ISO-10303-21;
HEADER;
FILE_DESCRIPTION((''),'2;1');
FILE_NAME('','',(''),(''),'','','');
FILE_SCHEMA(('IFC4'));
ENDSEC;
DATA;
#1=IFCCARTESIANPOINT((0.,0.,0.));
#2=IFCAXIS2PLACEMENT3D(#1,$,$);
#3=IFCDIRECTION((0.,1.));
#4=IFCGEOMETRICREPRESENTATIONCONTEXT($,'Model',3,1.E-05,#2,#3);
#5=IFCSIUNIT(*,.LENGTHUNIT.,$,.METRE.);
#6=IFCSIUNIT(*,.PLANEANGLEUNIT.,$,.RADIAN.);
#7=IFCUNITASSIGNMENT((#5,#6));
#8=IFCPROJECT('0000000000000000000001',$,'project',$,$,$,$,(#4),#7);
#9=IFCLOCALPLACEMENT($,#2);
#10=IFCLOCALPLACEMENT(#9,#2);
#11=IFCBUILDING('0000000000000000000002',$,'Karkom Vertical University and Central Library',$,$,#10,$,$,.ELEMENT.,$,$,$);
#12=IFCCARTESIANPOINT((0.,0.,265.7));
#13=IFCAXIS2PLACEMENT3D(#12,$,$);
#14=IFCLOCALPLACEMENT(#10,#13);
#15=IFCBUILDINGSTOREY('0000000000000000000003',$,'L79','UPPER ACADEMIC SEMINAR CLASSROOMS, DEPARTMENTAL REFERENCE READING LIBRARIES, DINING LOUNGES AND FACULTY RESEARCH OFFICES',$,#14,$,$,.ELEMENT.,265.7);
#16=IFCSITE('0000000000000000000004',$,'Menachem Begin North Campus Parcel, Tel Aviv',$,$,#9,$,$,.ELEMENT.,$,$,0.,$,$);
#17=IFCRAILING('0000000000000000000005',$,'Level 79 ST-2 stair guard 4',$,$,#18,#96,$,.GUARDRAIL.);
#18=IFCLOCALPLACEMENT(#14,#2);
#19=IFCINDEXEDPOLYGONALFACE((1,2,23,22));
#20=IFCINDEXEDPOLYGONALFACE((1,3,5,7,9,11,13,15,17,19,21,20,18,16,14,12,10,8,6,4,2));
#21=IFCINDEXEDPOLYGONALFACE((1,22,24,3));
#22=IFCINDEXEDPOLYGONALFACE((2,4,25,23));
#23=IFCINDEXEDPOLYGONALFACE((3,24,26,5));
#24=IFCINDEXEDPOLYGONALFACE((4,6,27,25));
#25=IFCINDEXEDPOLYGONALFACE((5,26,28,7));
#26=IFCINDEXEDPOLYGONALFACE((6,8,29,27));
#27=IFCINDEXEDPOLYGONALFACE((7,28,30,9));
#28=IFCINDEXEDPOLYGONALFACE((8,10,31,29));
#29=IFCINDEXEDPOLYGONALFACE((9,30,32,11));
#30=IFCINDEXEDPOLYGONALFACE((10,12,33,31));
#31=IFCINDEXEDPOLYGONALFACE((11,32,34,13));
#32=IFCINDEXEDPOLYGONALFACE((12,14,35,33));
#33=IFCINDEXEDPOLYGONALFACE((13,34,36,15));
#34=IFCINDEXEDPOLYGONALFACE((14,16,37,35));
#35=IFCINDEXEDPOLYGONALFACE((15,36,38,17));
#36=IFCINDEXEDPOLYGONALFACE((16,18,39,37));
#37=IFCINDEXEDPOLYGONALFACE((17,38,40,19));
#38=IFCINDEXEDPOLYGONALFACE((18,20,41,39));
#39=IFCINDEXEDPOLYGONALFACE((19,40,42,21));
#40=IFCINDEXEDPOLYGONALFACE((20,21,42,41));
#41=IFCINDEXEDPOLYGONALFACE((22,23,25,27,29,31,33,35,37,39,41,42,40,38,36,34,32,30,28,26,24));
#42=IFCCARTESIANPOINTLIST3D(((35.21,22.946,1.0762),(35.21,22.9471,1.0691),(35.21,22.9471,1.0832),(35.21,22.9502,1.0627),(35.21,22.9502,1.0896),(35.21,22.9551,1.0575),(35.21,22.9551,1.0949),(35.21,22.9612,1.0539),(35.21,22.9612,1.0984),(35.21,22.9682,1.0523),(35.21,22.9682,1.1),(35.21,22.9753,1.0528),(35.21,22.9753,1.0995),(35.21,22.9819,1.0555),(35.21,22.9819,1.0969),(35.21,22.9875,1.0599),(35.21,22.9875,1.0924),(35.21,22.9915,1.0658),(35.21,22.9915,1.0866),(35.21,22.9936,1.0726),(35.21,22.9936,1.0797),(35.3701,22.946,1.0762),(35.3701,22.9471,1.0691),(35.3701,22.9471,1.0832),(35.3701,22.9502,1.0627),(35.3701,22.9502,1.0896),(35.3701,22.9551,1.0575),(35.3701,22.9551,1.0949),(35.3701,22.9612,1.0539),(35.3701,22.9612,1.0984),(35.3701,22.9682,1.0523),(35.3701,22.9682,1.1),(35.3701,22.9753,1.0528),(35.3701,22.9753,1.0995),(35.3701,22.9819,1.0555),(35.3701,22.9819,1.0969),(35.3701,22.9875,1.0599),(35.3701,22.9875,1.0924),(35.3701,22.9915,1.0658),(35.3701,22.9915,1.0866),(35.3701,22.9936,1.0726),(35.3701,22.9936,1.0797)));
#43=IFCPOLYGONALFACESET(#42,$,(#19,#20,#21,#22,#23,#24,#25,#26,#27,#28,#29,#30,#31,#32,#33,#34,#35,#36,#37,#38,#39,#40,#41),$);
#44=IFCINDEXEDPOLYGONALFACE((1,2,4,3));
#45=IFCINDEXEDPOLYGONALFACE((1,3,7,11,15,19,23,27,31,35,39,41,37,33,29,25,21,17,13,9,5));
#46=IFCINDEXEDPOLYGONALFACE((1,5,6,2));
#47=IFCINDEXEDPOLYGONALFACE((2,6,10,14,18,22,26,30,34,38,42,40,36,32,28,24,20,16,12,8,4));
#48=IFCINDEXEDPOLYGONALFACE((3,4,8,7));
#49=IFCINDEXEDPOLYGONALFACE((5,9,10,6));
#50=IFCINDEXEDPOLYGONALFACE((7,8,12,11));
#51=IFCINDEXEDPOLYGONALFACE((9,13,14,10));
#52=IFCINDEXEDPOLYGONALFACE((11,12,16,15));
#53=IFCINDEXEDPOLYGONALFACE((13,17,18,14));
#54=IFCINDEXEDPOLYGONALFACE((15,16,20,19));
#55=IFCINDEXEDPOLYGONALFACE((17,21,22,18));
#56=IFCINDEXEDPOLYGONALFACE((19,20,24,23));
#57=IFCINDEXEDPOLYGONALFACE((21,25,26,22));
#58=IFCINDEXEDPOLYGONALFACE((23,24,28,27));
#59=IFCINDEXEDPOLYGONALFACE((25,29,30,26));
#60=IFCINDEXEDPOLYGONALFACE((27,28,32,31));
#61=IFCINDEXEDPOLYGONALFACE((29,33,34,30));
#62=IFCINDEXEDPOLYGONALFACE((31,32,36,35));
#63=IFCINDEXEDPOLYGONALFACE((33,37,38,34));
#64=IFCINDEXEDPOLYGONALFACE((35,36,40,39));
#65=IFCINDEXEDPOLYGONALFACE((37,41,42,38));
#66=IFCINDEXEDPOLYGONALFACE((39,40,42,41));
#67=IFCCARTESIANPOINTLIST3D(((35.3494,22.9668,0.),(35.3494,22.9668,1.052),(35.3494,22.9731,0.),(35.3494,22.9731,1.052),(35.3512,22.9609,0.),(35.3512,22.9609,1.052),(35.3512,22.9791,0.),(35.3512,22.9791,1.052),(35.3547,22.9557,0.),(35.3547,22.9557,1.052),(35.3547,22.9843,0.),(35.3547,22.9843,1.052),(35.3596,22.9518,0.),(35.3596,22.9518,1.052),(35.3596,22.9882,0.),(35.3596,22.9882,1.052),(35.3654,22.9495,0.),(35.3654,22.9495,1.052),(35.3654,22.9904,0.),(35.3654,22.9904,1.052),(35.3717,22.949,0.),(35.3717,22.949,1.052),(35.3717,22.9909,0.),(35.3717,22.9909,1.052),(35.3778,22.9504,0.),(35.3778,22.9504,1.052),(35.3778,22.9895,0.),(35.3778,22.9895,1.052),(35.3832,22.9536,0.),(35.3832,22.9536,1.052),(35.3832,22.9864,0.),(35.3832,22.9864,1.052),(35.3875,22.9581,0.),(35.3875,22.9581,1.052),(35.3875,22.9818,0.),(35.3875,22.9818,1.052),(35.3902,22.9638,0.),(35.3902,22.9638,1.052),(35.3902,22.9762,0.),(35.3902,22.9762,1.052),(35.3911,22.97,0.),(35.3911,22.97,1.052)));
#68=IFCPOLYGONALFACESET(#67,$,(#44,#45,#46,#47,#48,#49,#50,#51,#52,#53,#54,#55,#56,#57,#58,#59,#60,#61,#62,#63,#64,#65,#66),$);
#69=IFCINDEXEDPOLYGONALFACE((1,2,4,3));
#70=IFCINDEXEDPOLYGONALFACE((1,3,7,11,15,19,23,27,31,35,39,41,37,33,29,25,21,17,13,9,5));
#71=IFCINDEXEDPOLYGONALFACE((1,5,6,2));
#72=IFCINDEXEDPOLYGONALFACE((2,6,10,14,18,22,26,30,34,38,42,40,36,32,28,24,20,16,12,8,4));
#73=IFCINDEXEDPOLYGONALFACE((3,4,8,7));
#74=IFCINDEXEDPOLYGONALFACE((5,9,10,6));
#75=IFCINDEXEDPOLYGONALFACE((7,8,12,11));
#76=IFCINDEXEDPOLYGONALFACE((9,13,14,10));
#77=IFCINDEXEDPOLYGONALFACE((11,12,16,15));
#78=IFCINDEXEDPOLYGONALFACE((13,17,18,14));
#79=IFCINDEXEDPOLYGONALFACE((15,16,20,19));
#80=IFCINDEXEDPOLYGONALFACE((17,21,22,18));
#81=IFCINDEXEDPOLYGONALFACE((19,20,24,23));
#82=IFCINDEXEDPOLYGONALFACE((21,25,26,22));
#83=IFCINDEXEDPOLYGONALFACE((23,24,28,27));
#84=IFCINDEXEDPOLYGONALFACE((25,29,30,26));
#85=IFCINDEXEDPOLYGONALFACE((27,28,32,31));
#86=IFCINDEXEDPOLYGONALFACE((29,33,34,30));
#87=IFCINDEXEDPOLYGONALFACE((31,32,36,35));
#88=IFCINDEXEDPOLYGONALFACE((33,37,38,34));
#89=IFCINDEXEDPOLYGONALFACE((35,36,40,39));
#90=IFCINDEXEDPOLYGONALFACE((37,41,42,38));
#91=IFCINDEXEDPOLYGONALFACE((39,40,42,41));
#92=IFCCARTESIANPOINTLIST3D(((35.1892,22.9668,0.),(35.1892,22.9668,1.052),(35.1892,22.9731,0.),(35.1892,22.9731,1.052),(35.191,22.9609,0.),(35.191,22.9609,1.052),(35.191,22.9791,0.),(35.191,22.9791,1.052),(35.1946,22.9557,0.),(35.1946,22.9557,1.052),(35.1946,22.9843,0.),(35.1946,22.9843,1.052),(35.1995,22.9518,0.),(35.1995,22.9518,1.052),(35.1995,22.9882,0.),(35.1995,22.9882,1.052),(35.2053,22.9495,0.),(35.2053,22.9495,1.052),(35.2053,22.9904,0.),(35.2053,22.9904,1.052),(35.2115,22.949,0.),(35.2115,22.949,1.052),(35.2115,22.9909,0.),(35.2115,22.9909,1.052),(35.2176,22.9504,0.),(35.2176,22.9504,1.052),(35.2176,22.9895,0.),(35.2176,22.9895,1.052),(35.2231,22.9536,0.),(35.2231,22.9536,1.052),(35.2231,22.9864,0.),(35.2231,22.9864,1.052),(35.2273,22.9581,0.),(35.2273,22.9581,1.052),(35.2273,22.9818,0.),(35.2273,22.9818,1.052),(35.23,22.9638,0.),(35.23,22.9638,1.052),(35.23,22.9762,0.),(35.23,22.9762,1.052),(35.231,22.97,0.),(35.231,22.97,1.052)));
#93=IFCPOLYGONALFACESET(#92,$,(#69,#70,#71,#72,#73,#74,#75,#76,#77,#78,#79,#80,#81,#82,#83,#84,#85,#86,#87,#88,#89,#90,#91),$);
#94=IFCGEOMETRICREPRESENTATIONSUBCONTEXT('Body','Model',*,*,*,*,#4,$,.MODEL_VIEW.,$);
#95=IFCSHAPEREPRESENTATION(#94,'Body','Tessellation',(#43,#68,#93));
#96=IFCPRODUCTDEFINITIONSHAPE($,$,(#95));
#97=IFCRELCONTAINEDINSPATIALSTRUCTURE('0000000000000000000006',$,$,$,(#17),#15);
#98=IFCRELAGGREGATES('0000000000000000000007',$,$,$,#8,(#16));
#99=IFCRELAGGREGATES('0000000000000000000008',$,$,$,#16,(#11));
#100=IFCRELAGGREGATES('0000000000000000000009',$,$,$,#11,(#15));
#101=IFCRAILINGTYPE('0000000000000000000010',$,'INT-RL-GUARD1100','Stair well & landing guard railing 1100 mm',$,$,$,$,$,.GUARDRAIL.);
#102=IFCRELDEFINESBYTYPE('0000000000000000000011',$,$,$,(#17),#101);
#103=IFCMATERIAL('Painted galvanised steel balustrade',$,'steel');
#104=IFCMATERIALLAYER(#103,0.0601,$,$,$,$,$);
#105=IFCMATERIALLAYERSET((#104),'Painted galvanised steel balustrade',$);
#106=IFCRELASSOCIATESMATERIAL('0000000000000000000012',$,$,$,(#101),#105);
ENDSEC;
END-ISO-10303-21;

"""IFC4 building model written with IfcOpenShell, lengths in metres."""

from ifc_helpers import new_model, si_unit, direction, frame, origin, origin_2d, place, context, subcontext, project, spatial, circle, extrude, material, layer, layer_set, type_object, element, save


model = new_model("IFC4")

# Units and contexts
model_context = context("Model", 3, precision=1e-05, world=origin(), true_north=direction((0.0, 1.0)))
body_context = subcontext(model_context, "Body", "Model", "MODEL_VIEW")
ifc_project = project(units=[si_unit("LENGTHUNIT", "METRE"), si_unit("PLANEANGLEUNIT", "RADIAN")], contexts=[model_context])

# Site, building, storey
site_placement = place(None, origin())
site = spatial("IfcSite", under=ifc_project, at=site_placement, Name="Menachem Begin North Campus Parcel, Tel Aviv", CompositionType="ELEMENT", RefElevation=0.0)
building_placement = place(site_placement, origin())
building = spatial("IfcBuilding", under=site, at=building_placement, Name="Karkom Vertical University and Central Library", CompositionType="ELEMENT")
storey_placement = place(building_placement, frame((0.0, 0.0, 265.7)))
storey = spatial("IfcBuildingStorey", under=building, at=storey_placement, Name="L79", Description="UPPER ACADEMIC SEMINAR CLASSROOMS, DEPARTMENTAL REFERENCE READING LIBRARIES, DINING LOUNGES AND FACULTY RESEARCH OFFICES", CompositionType="ELEMENT", Elevation=265.7)

# Railing
ifc_material_1 = material(Name="Painted galvanised steel balustrade", Category="steel")
ifc_layer_1 = layer(ifc_material_1, 0.0601)
ifc_layer_set_1 = layer_set([ifc_layer_1], Name="Painted galvanised steel balustrade")
railing_type = type_object("IfcRailingType", Name="INT-RL-GUARD1100", Description="Stair well & landing guard railing 1100 mm", PredefinedType="GUARDRAIL", material=ifc_layer_set_1)
railing_1_placement = place(storey_placement, frame((35.3701, 22.97, 0.0)))
element("IfcRailing", 1, at=railing_1_placement, inside=storey, type_object=railing_type, Name="Level 79 ST-2 stair guard 4", PredefinedType="GUARDRAIL", context=body_context, shape_type="SweptSolid", body=[
    extrude(circle(Radius=0.0239, at=origin_2d()), frame((0.0, 0.0, 1.0762), z_axis=(-1.0, 0.0, 0.0), x_axis=(0.0, -1.0, 0.0)), (0.0, 0.0, 1.0), 0.1602),
    extrude(circle(Radius=0.021, at=origin_2d()), origin(), (0.0, 0.0, 1.0), 1.052),
    extrude(circle(Radius=0.021, at=origin_2d()), frame((-0.1602, 0.0, 0.0)), (0.0, 0.0, 1.0), 1.052),
])

save(model, "model.ifc")
